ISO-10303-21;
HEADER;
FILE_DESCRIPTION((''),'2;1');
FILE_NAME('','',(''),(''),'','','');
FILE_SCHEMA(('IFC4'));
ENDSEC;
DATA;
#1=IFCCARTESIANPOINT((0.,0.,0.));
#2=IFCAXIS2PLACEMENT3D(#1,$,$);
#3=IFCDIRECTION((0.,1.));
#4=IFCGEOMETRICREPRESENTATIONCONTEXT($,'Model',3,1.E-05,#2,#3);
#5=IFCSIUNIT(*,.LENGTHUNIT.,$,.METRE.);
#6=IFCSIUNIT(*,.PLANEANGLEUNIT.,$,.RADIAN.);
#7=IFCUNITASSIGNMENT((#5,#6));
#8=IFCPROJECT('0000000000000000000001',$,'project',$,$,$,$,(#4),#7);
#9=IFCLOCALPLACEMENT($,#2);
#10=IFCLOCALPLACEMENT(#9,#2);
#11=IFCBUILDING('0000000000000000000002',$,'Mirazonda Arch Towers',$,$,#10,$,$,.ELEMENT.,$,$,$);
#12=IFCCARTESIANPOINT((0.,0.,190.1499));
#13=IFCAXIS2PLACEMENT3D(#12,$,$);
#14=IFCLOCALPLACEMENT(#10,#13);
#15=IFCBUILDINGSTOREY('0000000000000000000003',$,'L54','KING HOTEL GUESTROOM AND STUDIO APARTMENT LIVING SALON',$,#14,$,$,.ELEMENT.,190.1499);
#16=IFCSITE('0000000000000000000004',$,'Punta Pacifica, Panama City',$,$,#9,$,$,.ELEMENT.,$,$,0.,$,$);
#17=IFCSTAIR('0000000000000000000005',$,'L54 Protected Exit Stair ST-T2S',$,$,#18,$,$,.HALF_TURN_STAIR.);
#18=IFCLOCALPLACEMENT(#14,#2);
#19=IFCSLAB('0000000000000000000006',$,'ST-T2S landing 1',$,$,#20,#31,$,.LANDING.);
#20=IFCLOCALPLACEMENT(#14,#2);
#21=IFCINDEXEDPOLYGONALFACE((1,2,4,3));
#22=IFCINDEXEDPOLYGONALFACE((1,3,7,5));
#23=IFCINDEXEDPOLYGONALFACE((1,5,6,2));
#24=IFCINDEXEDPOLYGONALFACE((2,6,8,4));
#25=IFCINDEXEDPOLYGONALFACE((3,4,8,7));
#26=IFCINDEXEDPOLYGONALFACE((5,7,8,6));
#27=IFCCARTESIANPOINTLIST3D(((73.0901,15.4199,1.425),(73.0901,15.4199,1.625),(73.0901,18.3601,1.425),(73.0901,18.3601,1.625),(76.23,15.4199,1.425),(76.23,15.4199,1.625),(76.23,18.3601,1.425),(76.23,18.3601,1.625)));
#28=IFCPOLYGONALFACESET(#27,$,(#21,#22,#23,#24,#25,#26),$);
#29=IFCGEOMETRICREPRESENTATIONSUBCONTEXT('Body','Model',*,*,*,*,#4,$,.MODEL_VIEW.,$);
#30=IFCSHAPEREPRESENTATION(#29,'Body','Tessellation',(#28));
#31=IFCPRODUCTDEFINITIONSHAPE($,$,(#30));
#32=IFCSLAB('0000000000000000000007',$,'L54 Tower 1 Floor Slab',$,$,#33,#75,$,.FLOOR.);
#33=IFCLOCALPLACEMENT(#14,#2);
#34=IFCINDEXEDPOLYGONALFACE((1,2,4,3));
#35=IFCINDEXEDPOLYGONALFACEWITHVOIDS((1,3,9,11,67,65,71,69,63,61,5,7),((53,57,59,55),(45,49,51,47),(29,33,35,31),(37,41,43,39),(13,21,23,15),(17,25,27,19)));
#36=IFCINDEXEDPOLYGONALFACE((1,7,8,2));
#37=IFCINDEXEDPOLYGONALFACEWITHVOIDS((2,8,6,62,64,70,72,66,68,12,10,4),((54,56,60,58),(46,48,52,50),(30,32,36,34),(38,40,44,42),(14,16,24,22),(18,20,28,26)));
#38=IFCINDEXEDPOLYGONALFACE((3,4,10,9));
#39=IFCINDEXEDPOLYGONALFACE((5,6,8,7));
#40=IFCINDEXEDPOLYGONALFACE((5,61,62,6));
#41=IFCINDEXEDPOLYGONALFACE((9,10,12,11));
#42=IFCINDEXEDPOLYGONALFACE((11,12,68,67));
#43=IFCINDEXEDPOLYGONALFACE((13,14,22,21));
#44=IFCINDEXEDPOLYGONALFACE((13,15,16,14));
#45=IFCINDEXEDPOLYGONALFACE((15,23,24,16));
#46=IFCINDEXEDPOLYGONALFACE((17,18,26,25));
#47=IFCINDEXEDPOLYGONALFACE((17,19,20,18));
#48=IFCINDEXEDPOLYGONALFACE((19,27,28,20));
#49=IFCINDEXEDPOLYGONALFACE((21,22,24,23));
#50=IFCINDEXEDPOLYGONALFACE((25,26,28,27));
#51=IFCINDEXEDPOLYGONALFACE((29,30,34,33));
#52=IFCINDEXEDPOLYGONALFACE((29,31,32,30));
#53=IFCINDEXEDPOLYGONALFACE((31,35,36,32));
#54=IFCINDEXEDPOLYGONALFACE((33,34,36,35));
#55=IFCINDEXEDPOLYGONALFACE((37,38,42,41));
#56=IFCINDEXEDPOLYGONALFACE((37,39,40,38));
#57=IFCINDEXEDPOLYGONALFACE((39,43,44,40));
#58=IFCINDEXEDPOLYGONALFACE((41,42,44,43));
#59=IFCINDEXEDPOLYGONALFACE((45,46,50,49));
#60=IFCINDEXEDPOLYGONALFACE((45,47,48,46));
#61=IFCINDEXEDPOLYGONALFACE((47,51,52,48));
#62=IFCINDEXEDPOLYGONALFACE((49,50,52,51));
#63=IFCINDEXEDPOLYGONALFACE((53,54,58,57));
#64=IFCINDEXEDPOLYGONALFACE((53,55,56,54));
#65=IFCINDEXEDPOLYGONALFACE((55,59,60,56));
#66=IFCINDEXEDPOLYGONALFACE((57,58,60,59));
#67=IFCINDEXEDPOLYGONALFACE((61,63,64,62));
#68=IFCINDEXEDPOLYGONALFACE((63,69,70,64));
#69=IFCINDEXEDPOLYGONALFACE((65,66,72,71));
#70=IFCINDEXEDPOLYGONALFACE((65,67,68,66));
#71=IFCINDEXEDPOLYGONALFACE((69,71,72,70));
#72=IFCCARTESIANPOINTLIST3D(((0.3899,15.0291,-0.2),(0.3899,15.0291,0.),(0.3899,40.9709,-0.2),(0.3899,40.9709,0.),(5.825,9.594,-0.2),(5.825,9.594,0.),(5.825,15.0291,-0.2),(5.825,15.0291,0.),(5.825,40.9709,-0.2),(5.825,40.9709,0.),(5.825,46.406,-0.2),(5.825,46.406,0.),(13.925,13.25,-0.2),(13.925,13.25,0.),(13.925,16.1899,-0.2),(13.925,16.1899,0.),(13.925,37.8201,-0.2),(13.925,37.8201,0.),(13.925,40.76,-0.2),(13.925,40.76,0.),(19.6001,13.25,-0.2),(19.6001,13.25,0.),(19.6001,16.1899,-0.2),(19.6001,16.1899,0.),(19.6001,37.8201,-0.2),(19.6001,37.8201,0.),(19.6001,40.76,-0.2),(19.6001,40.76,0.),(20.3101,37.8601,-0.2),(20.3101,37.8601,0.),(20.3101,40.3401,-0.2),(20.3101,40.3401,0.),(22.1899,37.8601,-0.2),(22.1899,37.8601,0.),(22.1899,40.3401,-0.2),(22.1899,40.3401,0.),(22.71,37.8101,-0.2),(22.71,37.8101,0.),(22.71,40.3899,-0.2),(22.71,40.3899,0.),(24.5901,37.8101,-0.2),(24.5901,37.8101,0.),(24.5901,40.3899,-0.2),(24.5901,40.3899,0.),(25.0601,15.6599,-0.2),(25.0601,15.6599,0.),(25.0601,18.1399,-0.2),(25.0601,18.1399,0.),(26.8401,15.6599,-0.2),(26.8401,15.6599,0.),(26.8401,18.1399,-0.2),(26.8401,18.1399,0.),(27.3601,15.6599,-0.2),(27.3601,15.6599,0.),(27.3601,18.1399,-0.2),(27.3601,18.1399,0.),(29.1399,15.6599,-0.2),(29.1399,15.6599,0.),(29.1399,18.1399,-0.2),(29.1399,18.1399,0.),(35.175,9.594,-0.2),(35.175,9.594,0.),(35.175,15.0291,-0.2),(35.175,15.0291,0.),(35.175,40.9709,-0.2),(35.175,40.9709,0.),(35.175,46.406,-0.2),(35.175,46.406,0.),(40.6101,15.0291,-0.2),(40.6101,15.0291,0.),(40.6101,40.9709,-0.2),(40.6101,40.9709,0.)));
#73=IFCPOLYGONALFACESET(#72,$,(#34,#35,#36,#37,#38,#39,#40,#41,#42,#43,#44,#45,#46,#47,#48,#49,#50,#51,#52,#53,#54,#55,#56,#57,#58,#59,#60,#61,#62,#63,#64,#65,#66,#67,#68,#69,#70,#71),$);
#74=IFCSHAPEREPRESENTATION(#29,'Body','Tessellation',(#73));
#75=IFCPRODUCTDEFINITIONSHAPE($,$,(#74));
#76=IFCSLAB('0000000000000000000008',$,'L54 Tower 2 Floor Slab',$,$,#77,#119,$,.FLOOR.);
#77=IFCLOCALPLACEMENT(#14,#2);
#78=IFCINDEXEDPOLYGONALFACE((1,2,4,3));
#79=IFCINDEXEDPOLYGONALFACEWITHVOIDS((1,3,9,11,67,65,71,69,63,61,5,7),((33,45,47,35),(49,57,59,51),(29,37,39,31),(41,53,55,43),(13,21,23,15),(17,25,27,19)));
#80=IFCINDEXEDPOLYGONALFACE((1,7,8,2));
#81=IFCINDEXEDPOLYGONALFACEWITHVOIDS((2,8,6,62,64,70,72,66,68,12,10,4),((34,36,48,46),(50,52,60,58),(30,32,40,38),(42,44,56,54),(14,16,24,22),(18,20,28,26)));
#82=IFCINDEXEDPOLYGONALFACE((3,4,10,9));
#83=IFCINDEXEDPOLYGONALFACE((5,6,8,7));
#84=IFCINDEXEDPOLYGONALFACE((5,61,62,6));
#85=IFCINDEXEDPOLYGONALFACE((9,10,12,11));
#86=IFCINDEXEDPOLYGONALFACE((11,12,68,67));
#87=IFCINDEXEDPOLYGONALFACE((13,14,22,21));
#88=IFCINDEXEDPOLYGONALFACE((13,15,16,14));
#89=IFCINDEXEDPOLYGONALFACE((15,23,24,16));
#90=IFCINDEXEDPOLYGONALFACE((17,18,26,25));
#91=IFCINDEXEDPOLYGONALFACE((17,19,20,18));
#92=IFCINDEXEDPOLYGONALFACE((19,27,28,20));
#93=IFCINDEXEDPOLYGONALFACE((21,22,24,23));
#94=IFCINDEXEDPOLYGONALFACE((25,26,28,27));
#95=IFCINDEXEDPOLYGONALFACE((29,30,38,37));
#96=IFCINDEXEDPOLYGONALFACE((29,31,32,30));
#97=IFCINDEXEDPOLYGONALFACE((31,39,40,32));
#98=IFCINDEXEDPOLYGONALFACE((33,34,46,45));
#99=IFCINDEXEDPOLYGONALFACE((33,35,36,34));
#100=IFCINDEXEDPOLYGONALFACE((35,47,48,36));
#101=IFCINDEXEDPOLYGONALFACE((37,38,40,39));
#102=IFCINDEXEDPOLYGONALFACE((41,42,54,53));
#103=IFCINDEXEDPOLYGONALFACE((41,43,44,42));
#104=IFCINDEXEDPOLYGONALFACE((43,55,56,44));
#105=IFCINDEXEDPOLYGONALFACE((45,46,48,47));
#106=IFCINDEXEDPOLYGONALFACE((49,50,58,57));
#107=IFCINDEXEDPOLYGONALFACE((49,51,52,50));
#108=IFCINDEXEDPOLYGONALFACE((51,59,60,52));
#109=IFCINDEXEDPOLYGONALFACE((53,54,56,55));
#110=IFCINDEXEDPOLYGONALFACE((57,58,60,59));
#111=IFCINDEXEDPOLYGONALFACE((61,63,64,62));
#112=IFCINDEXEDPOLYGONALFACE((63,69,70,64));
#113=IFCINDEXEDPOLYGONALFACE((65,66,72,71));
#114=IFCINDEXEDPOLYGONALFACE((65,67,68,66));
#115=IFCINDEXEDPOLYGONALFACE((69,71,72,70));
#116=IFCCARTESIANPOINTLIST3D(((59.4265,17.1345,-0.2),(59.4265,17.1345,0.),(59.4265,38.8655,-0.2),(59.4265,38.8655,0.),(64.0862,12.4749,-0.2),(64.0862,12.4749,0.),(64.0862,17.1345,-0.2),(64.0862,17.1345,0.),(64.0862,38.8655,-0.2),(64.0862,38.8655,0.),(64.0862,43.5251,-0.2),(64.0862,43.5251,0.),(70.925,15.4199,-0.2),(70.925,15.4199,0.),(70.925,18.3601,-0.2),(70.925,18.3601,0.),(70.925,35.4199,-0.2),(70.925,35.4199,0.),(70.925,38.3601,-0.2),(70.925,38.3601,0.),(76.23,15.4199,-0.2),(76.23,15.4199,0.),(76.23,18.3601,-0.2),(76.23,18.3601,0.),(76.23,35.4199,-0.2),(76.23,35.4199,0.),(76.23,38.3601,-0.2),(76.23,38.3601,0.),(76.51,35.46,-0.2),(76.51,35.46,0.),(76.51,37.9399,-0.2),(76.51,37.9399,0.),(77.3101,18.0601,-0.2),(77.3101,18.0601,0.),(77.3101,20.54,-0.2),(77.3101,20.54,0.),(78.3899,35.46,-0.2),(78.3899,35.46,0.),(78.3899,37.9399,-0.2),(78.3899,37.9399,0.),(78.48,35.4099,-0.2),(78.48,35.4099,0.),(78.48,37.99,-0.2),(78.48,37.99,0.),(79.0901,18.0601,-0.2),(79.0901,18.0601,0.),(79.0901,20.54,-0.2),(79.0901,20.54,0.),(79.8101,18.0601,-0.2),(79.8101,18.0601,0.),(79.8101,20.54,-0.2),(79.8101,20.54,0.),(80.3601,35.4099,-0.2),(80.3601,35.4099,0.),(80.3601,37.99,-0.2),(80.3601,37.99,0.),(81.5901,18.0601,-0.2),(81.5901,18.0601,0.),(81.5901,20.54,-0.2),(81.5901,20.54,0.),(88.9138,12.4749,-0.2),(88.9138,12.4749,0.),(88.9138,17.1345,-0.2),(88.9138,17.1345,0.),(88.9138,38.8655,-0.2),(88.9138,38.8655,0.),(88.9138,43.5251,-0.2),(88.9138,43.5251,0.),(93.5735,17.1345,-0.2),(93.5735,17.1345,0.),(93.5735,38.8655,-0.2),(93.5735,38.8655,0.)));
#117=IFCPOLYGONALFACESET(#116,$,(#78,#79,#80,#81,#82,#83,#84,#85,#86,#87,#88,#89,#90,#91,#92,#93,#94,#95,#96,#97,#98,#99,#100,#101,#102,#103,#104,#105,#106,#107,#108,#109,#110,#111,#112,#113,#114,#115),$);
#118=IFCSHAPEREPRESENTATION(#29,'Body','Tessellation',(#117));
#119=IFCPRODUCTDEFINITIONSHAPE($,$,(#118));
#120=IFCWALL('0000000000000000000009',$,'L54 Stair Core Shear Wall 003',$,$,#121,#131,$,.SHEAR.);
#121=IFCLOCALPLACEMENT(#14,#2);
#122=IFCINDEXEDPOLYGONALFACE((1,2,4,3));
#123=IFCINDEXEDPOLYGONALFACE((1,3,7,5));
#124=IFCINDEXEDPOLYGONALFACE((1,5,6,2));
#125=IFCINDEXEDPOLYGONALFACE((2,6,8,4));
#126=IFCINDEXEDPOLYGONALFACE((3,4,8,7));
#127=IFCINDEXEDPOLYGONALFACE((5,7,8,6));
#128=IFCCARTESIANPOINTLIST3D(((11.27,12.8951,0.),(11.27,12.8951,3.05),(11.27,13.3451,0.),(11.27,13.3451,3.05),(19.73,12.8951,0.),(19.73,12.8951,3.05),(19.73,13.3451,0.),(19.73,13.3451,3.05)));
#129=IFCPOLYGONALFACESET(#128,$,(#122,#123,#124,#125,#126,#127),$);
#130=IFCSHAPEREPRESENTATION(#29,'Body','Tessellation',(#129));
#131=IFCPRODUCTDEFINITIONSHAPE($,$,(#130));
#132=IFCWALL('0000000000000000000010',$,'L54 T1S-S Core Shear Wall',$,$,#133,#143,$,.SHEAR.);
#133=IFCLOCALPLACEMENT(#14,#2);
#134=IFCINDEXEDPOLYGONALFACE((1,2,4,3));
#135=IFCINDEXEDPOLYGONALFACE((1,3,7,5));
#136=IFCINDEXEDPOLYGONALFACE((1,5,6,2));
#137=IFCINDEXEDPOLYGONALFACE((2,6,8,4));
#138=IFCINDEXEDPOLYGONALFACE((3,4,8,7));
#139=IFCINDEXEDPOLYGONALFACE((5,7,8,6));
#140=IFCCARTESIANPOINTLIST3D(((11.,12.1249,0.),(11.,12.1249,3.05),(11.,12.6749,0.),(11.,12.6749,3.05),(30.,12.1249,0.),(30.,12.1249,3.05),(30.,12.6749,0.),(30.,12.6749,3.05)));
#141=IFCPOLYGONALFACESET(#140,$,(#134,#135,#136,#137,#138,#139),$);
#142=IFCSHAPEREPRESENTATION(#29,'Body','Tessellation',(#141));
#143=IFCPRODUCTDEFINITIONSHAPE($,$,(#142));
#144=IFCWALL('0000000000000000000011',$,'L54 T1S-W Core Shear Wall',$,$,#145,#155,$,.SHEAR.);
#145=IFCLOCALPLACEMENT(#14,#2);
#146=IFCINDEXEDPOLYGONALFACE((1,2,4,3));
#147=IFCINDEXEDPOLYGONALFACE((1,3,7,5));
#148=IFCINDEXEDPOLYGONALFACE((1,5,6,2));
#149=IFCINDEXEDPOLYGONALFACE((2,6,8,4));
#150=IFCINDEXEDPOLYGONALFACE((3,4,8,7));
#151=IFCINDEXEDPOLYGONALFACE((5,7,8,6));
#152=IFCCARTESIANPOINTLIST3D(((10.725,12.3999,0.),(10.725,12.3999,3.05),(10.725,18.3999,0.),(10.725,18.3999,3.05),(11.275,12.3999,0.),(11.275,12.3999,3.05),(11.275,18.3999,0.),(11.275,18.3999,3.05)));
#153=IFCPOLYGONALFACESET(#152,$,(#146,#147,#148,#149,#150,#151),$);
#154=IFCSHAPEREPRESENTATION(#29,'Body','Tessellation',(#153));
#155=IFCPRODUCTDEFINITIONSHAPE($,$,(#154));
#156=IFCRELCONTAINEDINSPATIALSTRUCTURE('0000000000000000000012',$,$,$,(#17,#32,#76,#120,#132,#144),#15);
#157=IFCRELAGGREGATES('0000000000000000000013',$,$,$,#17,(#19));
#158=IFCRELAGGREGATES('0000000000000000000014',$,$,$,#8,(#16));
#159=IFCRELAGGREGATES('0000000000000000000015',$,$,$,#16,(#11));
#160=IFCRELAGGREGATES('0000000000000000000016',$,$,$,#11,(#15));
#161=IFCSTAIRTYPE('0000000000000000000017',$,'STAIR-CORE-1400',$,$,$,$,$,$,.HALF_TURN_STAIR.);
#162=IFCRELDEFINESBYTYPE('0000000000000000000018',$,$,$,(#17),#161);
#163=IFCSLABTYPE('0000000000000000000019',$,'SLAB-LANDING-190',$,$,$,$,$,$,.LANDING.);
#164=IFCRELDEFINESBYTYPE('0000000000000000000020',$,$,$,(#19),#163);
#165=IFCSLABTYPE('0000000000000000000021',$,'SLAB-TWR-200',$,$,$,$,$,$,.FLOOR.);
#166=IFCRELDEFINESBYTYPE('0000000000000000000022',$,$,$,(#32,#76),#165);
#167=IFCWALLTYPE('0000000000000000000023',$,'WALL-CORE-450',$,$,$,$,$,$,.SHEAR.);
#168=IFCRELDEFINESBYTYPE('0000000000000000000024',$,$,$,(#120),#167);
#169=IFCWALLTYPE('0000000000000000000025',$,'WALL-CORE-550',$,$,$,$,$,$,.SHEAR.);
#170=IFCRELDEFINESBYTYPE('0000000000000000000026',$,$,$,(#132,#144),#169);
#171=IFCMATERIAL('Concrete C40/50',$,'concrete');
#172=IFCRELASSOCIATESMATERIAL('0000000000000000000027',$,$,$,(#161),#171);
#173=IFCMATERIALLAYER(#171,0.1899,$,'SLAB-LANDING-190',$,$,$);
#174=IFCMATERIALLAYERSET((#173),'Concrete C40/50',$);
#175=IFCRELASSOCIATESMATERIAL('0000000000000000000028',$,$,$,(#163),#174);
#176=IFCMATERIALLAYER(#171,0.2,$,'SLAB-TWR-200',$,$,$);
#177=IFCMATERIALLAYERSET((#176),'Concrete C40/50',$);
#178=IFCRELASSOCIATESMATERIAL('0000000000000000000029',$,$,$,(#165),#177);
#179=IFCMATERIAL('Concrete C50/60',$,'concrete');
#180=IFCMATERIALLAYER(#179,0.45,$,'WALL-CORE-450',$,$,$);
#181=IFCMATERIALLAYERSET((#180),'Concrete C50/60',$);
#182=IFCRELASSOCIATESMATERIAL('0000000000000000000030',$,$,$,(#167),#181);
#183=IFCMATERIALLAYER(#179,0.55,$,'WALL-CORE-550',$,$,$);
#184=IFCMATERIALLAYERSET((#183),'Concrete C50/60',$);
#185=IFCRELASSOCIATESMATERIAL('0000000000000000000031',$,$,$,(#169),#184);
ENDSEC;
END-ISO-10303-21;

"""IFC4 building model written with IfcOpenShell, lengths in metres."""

from ifc_helpers import new_model, si_unit, direction, frame, frame_2d, origin, place, context, subcontext, project, spatial, polyline, rectangle, outline, extrude, material, layer, layer_set, type_object, element, aggregate, save


model = new_model("IFC4")

# Units and contexts
model_context = context("Model", 3, precision=1e-05, world=origin(), true_north=direction((0.0, 1.0)))
body_context = subcontext(model_context, "Body", "Model", "MODEL_VIEW")
ifc_project = project(units=[si_unit("LENGTHUNIT", "METRE"), si_unit("PLANEANGLEUNIT", "RADIAN")], contexts=[model_context])

# Site, building, storey
site_placement = place(None, origin())
site = spatial("IfcSite", under=ifc_project, at=site_placement, Name="Punta Pacifica, Panama City", CompositionType="ELEMENT", RefElevation=0.0)
building_placement = place(site_placement, origin())
building = spatial("IfcBuilding", under=site, at=building_placement, Name="Mirazonda Arch Towers", CompositionType="ELEMENT")
storey_placement = place(building_placement, frame((0.0, 0.0, 190.1499)))
storey = spatial("IfcBuildingStorey", under=building, at=storey_placement, Name="L54", Description="KING HOTEL GUESTROOM AND STUDIO APARTMENT LIVING SALON", CompositionType="ELEMENT", Elevation=190.1499)

# Shared definitions
ifc_material_1 = material(Name="Concrete C50/60", Category="concrete")

# Stair, slab
ifc_material_2 = material(Name="Concrete C40/50", Category="concrete")
stair_type = type_object("IfcStairType", Name="STAIR-CORE-1400", PredefinedType="HALF_TURN_STAIR", material=ifc_material_2)
ifc_layer_1 = layer(ifc_material_2, 0.1899, Name="SLAB-LANDING-190")
ifc_layer_set_1 = layer_set([ifc_layer_1], Name="Concrete C40/50")
slab_type_1 = type_object("IfcSlabType", Name="SLAB-LANDING-190", PredefinedType="LANDING", material=ifc_layer_set_1)
stair_1_placement = place(storey_placement, origin())
stair_1 = element("IfcStair", 1, at=stair_1_placement, inside=storey, type_object=stair_type, Name="L54 Protected Exit Stair ST-T2S", PredefinedType="HALF_TURN_STAIR")
slab_1_placement = place(storey_placement, frame((0.0, 0.0, 1.425)))
slab_1 = element("IfcSlab", 2, at=slab_1_placement, type_object=slab_type_1, Name="ST-T2S landing 1", PredefinedType="LANDING", context=body_context, shape_type="SweptSolid", body=[
    extrude(outline(polyline([(73.0901, 15.4199), (76.23, 15.4199), (76.23, 18.3601), (73.0901, 18.3601), (73.0901, 15.4199)])), origin(), (0.0, 0.0, 1.0), 0.2),
])
aggregate(stair_1, [slab_1])

# Slabs
ifc_layer_2 = layer(ifc_material_2, 0.2, Name="SLAB-TWR-200")
ifc_layer_set_2 = layer_set([ifc_layer_2], Name="Concrete C40/50")
slab_type_2 = type_object("IfcSlabType", Name="SLAB-TWR-200", PredefinedType="FLOOR", material=ifc_layer_set_2)
slab_2_placement = place(storey_placement, frame((0.0, 0.0, -0.2)))
element("IfcSlab", 3, at=slab_2_placement, inside=storey, type_object=slab_type_2, Name="L54 Tower 1 Floor Slab", PredefinedType="FLOOR", context=body_context, shape_type="SweptSolid", body=[
    extrude(outline(polyline([(5.825, 9.594), (35.175, 9.594), (35.175, 15.0291), (40.6101, 15.0291), (40.6101, 40.9709), (35.175, 40.9709), (35.175, 46.406), (5.825, 46.406), (5.825, 40.9709), (0.3899, 40.9709), (0.3899, 15.0291), (5.825, 15.0291), (5.825, 9.594)]), holes=[polyline([(27.3601, 18.1399), (29.1399, 18.1399), (29.1399, 15.6599), (27.3601, 15.6599), (27.3601, 18.1399)]), polyline([(25.0601, 18.1399), (26.8401, 18.1399), (26.8401, 15.6599), (25.0601, 15.6599), (25.0601, 18.1399)]), polyline([(22.71, 40.3899), (24.5901, 40.3899), (24.5901, 37.8101), (22.71, 37.8101), (22.71, 40.3899)]), polyline([(20.3101, 37.8601), (20.3101, 40.3401), (22.1899, 40.3401), (22.1899, 37.8601), (20.3101, 37.8601)]), polyline([(19.6001, 13.25), (13.925, 13.25), (13.925, 16.1899), (19.6001, 16.1899), (19.6001, 13.25)]), polyline([(13.925, 37.8201), (13.925, 40.76), (19.6001, 40.76), (19.6001, 37.8201), (13.925, 37.8201)])]), origin(), (0.0, 0.0, 1.0), 0.2),
])
slab_3_placement = place(storey_placement, frame((0.0, 0.0, -0.2)))
element("IfcSlab", 4, at=slab_3_placement, inside=storey, type_object=slab_type_2, Name="L54 Tower 2 Floor Slab", PredefinedType="FLOOR", context=body_context, shape_type="SweptSolid", body=[
    extrude(outline(polyline([(64.0862, 12.4749), (88.9138, 12.4749), (88.9138, 17.1345), (93.5735, 17.1345), (93.5735, 38.8655), (88.9138, 38.8655), (88.9138, 43.5251), (64.0862, 43.5251), (64.0862, 38.8655), (59.4265, 38.8655), (59.4265, 17.1345), (64.0862, 17.1345), (64.0862, 12.4749)]), holes=[polyline([(79.8101, 20.54), (81.5901, 20.54), (81.5901, 18.0601), (79.8101, 18.0601), (79.8101, 20.54)]), polyline([(78.48, 37.99), (80.3601, 37.99), (80.3601, 35.4099), (78.48, 35.4099), (78.48, 37.99)]), polyline([(77.3101, 20.54), (79.0901, 20.54), (79.0901, 18.0601), (77.3101, 18.0601), (77.3101, 20.54)]), polyline([(76.51, 35.46), (76.51, 37.9399), (78.3899, 37.9399), (78.3899, 35.46), (76.51, 35.46)]), polyline([(76.23, 15.4199), (70.925, 15.4199), (70.925, 18.3601), (76.23, 18.3601), (76.23, 15.4199)]), polyline([(70.925, 35.4199), (70.925, 38.3601), (76.23, 38.3601), (76.23, 35.4199), (70.925, 35.4199)])]), origin(), (0.0, 0.0, 1.0), 0.2),
])

# Walls
ifc_layer_3 = layer(ifc_material_1, 0.45, Name="WALL-CORE-450")
ifc_layer_set_3 = layer_set([ifc_layer_3], Name="Concrete C50/60")
wall_type_1 = type_object("IfcWallType", Name="WALL-CORE-450", PredefinedType="SHEAR", material=ifc_layer_set_3)
wall_1_placement = place(storey_placement, frame((11.27, 13.1201, 0.0), z_axis=(0.0, 0.0, 1.0), x_axis=(1.0, 0.0, 0.0)))
element("IfcWall", 5, at=wall_1_placement, inside=storey, type_object=wall_type_1, Name="L54 Stair Core Shear Wall 003", PredefinedType="SHEAR", context=body_context, shape_type="SweptSolid", body=[
    extrude(rectangle(XDim=8.46, YDim=0.45, at=frame_2d((4.23, 0.0))), origin(), (0.0, 0.0, 1.0), 3.05),
])
ifc_layer_4 = layer(ifc_material_1, 0.55, Name="WALL-CORE-550")
ifc_layer_set_4 = layer_set([ifc_layer_4], Name="Concrete C50/60")
wall_type_2 = type_object("IfcWallType", Name="WALL-CORE-550", PredefinedType="SHEAR", material=ifc_layer_set_4)
wall_2_placement = place(storey_placement, frame((11.0, 12.3999, 0.0), z_axis=(0.0, 0.0, 1.0), x_axis=(1.0, 0.0, 0.0)))
element("IfcWall", 6, at=wall_2_placement, inside=storey, type_object=wall_type_2, Name="L54 T1S-S Core Shear Wall", PredefinedType="SHEAR", context=body_context, shape_type="SweptSolid", body=[
    extrude(rectangle(XDim=19.0, YDim=0.55, at=frame_2d((9.5, 0.0))), origin(), (0.0, 0.0, 1.0), 3.05),
])
wall_3_placement = place(storey_placement, frame((11.0, 12.3999, 0.0), z_axis=(0.0, 0.0, 1.0), x_axis=(0.0, 1.0, 0.0)))
element("IfcWall", 7, at=wall_3_placement, inside=storey, type_object=wall_type_2, Name="L54 T1S-W Core Shear Wall", PredefinedType="SHEAR", context=body_context, shape_type="SweptSolid", body=[
    extrude(rectangle(XDim=6.0, YDim=0.55, at=frame_2d((3.0, 0.0))), origin(), (0.0, 0.0, 1.0), 3.05),
])

save(model, "model.ifc")
